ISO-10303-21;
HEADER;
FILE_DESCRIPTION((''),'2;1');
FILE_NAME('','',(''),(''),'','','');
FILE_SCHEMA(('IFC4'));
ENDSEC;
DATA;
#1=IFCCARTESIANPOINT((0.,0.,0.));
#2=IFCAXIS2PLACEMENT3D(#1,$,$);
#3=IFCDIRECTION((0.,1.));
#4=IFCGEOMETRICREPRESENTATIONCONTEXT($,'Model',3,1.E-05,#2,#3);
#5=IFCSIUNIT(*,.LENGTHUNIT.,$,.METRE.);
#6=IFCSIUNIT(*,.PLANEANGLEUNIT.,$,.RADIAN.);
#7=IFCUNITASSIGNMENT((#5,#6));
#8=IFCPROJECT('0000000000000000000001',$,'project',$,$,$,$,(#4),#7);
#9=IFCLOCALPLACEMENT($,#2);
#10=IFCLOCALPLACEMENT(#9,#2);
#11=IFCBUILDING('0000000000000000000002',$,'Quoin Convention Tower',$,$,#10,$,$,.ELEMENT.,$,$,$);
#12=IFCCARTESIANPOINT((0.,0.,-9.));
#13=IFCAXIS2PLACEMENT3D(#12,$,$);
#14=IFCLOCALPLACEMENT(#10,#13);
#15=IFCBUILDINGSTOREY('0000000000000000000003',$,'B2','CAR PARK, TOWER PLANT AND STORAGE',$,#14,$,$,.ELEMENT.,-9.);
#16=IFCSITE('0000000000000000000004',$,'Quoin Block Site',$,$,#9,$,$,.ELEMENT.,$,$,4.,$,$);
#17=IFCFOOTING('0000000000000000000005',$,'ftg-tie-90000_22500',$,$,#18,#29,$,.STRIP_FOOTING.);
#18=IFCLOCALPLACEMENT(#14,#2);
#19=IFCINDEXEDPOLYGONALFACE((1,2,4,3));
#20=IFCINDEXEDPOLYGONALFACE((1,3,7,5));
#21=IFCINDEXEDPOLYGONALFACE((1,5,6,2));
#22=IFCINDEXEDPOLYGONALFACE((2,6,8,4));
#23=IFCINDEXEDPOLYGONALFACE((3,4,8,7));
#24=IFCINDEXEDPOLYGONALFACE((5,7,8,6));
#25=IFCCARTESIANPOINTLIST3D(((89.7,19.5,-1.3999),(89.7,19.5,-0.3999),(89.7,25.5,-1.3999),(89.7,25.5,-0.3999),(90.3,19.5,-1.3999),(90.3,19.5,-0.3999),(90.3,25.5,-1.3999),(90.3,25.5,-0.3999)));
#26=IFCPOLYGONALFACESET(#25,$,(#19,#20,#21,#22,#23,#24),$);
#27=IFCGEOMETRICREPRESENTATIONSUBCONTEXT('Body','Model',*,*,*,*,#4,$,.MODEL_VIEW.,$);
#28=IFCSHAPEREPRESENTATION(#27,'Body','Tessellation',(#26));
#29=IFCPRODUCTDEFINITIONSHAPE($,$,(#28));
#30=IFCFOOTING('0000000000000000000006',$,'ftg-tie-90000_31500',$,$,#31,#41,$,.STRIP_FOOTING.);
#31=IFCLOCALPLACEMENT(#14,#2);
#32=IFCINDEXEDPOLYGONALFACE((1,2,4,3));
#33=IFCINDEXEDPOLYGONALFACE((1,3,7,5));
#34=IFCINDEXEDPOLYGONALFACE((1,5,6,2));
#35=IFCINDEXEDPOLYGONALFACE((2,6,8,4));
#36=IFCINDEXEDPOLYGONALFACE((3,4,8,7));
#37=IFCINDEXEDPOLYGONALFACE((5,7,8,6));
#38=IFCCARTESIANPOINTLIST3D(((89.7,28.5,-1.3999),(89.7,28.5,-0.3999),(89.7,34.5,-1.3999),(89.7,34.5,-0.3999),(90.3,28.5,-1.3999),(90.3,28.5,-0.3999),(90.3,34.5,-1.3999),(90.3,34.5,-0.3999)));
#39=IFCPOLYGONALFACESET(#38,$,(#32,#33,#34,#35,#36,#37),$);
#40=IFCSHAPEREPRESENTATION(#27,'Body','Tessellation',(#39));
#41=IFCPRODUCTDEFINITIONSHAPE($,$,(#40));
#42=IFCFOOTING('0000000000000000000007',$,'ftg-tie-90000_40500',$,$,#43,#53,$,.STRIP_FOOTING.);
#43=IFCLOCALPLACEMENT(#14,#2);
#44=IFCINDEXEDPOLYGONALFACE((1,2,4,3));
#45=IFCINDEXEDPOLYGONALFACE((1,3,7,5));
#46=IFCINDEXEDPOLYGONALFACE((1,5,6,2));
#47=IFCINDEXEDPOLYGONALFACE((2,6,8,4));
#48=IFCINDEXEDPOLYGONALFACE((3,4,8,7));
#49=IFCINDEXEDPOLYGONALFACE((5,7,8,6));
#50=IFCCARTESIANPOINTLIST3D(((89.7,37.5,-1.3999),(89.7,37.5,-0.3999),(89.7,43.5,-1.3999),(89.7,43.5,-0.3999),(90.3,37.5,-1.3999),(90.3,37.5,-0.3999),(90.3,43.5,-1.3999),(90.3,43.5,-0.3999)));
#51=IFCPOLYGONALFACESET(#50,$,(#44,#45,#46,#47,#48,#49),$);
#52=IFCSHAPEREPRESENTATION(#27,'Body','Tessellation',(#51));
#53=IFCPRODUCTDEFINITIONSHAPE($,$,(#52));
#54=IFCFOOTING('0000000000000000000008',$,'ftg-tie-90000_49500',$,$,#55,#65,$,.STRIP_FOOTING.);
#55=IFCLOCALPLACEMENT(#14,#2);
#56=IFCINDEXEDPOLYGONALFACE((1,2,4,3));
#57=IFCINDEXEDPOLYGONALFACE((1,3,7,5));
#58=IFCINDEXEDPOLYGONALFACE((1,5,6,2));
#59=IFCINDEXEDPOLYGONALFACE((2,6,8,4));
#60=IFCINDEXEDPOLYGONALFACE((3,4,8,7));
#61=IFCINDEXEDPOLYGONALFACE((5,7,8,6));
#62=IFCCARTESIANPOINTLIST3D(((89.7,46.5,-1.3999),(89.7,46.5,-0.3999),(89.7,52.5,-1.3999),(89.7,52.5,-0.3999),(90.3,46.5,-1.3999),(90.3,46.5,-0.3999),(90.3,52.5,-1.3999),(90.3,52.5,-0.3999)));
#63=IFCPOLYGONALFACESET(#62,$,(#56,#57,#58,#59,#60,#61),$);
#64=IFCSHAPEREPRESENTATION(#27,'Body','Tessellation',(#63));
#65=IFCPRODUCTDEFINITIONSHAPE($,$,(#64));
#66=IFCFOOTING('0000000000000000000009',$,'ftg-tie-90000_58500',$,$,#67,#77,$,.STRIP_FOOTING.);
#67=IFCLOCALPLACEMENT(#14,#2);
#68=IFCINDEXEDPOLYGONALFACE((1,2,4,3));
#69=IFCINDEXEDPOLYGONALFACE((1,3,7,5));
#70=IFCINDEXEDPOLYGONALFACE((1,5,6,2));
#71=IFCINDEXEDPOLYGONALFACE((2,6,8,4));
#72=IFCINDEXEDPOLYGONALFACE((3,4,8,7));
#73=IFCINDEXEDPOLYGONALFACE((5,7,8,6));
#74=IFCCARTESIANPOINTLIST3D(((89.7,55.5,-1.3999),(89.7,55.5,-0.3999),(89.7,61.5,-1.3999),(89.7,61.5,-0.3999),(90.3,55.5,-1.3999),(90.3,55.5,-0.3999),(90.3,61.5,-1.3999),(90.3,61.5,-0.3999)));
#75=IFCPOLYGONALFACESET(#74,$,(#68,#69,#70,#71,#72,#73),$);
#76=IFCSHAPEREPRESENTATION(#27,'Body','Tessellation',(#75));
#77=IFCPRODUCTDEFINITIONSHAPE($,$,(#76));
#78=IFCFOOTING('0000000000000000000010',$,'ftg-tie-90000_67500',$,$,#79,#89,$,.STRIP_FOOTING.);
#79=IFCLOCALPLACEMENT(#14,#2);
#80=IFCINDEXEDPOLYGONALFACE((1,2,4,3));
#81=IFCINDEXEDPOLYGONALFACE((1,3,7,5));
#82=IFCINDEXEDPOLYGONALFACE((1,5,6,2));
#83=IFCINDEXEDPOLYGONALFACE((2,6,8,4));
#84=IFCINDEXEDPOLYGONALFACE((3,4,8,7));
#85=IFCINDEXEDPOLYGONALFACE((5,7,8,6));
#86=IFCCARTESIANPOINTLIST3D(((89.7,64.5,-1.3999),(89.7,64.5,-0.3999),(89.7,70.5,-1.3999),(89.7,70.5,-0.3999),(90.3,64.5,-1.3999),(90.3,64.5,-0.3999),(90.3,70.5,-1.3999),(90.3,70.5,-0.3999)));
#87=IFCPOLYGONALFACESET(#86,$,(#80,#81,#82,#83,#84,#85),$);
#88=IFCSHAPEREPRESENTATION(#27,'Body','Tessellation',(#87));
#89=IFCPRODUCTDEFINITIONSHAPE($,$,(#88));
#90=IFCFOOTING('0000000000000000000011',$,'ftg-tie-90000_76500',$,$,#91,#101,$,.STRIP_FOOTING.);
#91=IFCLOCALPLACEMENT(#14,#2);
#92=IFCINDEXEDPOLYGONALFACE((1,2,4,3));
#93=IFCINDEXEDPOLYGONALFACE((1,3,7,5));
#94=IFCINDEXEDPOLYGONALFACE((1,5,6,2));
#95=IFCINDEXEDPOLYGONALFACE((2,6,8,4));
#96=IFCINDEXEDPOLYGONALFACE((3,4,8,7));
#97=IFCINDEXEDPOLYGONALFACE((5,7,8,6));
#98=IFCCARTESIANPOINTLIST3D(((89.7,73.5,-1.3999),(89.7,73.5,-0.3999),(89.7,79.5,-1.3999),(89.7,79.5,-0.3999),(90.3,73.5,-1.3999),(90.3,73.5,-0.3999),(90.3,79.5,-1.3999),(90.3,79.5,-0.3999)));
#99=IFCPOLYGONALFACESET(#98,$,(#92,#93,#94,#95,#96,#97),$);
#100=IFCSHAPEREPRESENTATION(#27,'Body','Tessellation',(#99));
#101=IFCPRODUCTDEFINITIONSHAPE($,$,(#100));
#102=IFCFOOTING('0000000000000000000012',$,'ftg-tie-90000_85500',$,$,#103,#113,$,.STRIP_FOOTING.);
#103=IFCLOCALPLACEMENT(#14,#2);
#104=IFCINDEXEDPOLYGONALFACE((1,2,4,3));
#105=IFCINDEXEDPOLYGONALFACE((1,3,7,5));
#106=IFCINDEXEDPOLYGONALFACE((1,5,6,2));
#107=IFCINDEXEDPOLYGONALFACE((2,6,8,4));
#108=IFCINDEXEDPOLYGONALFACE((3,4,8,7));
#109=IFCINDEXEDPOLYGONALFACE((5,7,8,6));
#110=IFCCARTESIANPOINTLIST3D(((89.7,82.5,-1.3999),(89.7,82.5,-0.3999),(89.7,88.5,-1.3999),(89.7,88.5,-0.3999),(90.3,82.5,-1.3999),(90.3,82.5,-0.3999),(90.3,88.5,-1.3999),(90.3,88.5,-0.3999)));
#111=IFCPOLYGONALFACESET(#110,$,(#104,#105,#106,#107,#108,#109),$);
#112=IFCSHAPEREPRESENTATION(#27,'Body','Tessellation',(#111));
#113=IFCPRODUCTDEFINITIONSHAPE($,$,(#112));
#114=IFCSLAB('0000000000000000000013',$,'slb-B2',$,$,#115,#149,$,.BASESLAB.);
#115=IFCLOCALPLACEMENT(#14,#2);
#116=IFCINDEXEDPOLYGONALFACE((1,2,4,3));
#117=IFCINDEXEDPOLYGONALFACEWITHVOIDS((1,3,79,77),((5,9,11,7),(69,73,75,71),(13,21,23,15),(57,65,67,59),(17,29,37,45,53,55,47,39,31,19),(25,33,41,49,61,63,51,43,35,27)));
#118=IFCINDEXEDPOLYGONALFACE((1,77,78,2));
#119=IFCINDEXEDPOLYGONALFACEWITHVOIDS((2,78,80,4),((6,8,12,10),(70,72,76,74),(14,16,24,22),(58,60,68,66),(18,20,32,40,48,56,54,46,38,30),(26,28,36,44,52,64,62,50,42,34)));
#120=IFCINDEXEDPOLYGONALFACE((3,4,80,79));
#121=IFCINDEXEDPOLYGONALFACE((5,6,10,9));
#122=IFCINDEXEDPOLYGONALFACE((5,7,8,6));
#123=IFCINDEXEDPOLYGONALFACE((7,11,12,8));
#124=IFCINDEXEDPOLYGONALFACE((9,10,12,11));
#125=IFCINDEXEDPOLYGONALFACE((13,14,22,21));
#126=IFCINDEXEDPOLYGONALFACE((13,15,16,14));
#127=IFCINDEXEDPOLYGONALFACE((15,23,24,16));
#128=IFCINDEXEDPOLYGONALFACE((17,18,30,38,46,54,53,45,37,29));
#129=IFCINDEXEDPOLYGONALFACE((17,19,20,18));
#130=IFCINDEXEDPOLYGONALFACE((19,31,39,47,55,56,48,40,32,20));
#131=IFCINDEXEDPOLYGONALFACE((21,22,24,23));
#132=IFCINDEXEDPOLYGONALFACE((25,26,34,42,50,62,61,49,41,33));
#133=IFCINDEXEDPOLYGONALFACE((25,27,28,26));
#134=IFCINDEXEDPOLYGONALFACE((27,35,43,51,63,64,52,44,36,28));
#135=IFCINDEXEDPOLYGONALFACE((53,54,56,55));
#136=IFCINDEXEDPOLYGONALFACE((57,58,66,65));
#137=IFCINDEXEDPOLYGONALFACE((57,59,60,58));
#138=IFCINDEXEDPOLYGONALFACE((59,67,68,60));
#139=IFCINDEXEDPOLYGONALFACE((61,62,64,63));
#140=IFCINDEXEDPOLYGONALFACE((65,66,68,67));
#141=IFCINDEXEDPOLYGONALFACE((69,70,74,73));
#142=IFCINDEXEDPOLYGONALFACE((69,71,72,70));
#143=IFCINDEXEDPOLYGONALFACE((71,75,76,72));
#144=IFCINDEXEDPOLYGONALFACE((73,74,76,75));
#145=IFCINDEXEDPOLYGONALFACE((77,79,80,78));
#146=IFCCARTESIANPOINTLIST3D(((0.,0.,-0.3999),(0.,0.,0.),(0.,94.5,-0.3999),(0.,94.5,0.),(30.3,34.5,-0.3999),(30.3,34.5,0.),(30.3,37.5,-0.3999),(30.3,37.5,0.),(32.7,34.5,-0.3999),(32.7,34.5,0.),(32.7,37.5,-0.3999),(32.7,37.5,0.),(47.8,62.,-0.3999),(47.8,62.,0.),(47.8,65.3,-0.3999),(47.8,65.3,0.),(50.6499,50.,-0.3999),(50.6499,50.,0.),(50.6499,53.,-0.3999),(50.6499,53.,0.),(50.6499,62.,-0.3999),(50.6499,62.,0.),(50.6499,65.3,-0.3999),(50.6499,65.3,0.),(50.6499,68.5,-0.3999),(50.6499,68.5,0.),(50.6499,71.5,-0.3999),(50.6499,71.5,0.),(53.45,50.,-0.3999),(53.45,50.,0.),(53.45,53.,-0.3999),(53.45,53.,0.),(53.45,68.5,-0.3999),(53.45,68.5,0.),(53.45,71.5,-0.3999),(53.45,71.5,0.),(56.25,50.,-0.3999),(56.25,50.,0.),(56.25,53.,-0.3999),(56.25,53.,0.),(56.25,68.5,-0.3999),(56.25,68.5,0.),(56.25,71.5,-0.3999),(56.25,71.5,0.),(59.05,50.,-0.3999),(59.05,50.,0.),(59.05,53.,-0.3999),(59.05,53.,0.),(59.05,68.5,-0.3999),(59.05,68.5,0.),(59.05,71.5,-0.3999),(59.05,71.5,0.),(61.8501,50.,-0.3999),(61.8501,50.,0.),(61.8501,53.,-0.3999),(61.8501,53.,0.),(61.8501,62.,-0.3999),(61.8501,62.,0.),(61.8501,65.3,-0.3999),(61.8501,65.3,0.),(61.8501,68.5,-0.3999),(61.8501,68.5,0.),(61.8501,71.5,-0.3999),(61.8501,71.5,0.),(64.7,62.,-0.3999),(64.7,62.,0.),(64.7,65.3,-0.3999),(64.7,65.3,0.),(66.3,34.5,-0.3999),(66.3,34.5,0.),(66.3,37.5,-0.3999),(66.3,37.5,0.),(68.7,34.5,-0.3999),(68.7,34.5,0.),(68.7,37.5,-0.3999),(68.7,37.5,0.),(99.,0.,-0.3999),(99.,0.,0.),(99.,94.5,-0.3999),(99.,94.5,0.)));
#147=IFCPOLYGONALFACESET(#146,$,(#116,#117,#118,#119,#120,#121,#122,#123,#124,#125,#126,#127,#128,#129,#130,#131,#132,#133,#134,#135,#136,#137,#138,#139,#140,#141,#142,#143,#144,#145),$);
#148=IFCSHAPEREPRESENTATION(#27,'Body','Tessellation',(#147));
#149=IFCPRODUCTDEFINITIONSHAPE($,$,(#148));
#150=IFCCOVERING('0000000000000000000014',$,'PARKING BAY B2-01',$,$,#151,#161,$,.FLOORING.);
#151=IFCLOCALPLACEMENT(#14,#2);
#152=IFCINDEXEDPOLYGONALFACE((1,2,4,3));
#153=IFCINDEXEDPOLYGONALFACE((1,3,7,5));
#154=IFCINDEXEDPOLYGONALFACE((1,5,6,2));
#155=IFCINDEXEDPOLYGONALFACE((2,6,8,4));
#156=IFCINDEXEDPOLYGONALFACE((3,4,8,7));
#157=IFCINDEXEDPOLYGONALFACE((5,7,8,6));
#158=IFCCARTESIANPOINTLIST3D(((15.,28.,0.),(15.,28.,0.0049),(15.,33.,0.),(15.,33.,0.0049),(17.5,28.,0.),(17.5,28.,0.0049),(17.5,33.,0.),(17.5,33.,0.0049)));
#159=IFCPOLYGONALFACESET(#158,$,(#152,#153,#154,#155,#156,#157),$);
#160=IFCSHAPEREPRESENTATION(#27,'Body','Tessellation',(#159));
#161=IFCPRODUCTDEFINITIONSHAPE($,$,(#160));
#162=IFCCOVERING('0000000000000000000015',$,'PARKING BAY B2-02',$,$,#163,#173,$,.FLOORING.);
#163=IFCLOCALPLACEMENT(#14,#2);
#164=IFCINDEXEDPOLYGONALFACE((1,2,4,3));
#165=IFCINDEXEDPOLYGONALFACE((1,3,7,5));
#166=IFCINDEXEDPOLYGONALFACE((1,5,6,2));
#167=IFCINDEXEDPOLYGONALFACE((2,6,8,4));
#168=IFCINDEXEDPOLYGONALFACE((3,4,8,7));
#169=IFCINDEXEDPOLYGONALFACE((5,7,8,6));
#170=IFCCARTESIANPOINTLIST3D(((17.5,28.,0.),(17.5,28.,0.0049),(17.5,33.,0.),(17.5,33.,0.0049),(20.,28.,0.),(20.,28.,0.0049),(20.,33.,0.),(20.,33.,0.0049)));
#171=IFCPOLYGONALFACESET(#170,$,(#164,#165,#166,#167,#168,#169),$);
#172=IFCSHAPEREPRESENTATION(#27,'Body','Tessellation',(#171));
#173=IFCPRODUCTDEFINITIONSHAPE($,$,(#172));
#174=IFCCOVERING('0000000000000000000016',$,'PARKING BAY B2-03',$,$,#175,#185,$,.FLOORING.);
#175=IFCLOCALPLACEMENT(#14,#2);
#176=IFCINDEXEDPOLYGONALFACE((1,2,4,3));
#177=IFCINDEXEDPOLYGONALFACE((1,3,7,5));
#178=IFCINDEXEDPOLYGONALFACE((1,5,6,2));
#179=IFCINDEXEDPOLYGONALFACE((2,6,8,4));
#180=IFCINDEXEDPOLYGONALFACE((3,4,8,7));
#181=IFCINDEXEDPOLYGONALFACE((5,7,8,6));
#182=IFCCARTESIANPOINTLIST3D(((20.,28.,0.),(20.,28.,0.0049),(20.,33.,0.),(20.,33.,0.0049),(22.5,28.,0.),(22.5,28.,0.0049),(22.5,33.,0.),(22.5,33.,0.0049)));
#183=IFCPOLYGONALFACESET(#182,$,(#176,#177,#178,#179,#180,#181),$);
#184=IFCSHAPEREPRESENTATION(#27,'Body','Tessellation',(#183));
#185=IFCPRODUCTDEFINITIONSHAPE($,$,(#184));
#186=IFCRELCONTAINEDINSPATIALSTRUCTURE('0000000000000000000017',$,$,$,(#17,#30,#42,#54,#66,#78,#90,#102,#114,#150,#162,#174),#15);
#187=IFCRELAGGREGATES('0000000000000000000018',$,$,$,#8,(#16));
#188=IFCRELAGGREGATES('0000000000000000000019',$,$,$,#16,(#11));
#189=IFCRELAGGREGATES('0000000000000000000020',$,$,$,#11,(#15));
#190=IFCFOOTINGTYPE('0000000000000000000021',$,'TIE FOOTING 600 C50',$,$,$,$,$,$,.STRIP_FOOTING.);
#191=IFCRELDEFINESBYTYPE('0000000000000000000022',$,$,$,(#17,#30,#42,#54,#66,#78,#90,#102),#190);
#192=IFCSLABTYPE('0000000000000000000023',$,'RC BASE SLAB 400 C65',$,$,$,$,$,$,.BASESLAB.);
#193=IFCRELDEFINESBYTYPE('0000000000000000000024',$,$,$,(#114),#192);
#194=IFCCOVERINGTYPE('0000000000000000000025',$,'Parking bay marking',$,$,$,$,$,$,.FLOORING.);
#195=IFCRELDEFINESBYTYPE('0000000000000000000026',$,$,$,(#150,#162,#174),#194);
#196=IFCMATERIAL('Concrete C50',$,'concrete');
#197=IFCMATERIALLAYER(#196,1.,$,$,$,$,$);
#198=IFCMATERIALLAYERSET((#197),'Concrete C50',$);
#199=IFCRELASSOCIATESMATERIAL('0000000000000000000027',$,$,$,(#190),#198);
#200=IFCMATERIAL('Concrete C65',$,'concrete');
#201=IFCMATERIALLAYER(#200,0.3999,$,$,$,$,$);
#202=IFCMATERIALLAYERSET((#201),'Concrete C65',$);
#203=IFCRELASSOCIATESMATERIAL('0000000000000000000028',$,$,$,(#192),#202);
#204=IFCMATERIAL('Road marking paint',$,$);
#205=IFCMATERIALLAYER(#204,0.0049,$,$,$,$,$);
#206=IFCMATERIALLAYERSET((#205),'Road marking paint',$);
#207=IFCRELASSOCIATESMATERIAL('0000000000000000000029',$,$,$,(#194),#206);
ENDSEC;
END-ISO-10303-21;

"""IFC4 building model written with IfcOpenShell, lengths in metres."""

from ifc_helpers import new_model, si_unit, direction, frame, origin, place, context, subcontext, project, spatial, polyline, outline, extrude, material, layer, layer_set, type_object, element, save


model = new_model("IFC4")

# Units and contexts
model_context = context("Model", 3, precision=1e-05, world=origin(), true_north=direction((0.0, 1.0)))
body_context = subcontext(model_context, "Body", "Model", "MODEL_VIEW")
ifc_project = project(units=[si_unit("LENGTHUNIT", "METRE"), si_unit("PLANEANGLEUNIT", "RADIAN")], contexts=[model_context])

# Site, building, storey
site_placement = place(None, origin())
site = spatial("IfcSite", under=ifc_project, at=site_placement, Name="Quoin Block Site", CompositionType="ELEMENT", RefElevation=4.0)
building_placement = place(site_placement, origin())
building = spatial("IfcBuilding", under=site, at=building_placement, Name="Quoin Convention Tower", CompositionType="ELEMENT")
storey_placement = place(building_placement, frame((0.0, 0.0, -9.0)))
storey = spatial("IfcBuildingStorey", under=building, at=storey_placement, Name="B2", Description="CAR PARK, TOWER PLANT AND STORAGE", CompositionType="ELEMENT", Elevation=-9.0)

# Footings
ifc_material_1 = material(Name="Concrete C50", Category="concrete")
ifc_layer_1 = layer(ifc_material_1, 1.0)
ifc_layer_set_1 = layer_set([ifc_layer_1], Name="Concrete C50")
footing_type = type_object("IfcFootingType", Name="TIE FOOTING 600 C50", PredefinedType="STRIP_FOOTING", material=ifc_layer_set_1)
footing_1_placement = place(storey_placement, frame((0.0, 0.0, -1.3999)))
element("IfcFooting", 1, at=footing_1_placement, inside=storey, type_object=footing_type, Name="ftg-tie-90000_22500", PredefinedType="STRIP_FOOTING", context=body_context, shape_type="SweptSolid", body=[
    extrude(outline(polyline([(90.3, 19.5), (89.7, 19.5), (89.7, 25.5), (90.3, 25.5), (90.3, 19.5)])), origin(), (0.0, 0.0, 1.0), 1.0),
])
footing_2_placement = place(storey_placement, frame((0.0, 0.0, -1.3999)))
element("IfcFooting", 2, at=footing_2_placement, inside=storey, type_object=footing_type, Name="ftg-tie-90000_31500", PredefinedType="STRIP_FOOTING", context=body_context, shape_type="SweptSolid", body=[
    extrude(outline(polyline([(90.3, 28.5), (89.7, 28.5), (89.7, 34.5), (90.3, 34.5), (90.3, 28.5)])), origin(), (0.0, 0.0, 1.0), 1.0),
])
footing_3_placement = place(storey_placement, frame((0.0, 0.0, -1.3999)))
element("IfcFooting", 3, at=footing_3_placement, inside=storey, type_object=footing_type, Name="ftg-tie-90000_40500", PredefinedType="STRIP_FOOTING", context=body_context, shape_type="SweptSolid", body=[
    extrude(outline(polyline([(90.3, 37.5), (89.7, 37.5), (89.7, 43.5), (90.3, 43.5), (90.3, 37.5)])), origin(), (0.0, 0.0, 1.0), 1.0),
])
footing_4_placement = place(storey_placement, frame((0.0, 0.0, -1.3999)))
element("IfcFooting", 4, at=footing_4_placement, inside=storey, type_object=footing_type, Name="ftg-tie-90000_49500", PredefinedType="STRIP_FOOTING", context=body_context, shape_type="SweptSolid", body=[
    extrude(outline(polyline([(90.3, 46.5), (89.7, 46.5), (89.7, 52.5), (90.3, 52.5), (90.3, 46.5)])), origin(), (0.0, 0.0, 1.0), 1.0),
])
footing_5_placement = place(storey_placement, frame((0.0, 0.0, -1.3999)))
element("IfcFooting", 5, at=footing_5_placement, inside=storey, type_object=footing_type, Name="ftg-tie-90000_58500", PredefinedType="STRIP_FOOTING", context=body_context, shape_type="SweptSolid", body=[
    extrude(outline(polyline([(90.3, 55.5), (89.7, 55.5), (89.7, 61.5), (90.3, 61.5), (90.3, 55.5)])), origin(), (0.0, 0.0, 1.0), 1.0),
])
footing_6_placement = place(storey_placement, frame((0.0, 0.0, -1.3999)))
element("IfcFooting", 6, at=footing_6_placement, inside=storey, type_object=footing_type, Name="ftg-tie-90000_67500", PredefinedType="STRIP_FOOTING", context=body_context, shape_type="SweptSolid", body=[
    extrude(outline(polyline([(90.3, 64.5), (89.7, 64.5), (89.7, 70.5), (90.3, 70.5), (90.3, 64.5)])), origin(), (0.0, 0.0, 1.0), 1.0),
])
footing_7_placement = place(storey_placement, frame((0.0, 0.0, -1.3999)))
element("IfcFooting", 7, at=footing_7_placement, inside=storey, type_object=footing_type, Name="ftg-tie-90000_76500", PredefinedType="STRIP_FOOTING", context=body_context, shape_type="SweptSolid", body=[
    extrude(outline(polyline([(90.3, 73.5), (89.7, 73.5), (89.7, 79.5), (90.3, 79.5), (90.3, 73.5)])), origin(), (0.0, 0.0, 1.0), 1.0),
])
footing_8_placement = place(storey_placement, frame((0.0, 0.0, -1.3999)))
element("IfcFooting", 8, at=footing_8_placement, inside=storey, type_object=footing_type, Name="ftg-tie-90000_85500", PredefinedType="STRIP_FOOTING", context=body_context, shape_type="SweptSolid", body=[
    extrude(outline(polyline([(90.3, 82.5), (89.7, 82.5), (89.7, 88.5), (90.3, 88.5), (90.3, 82.5)])), origin(), (0.0, 0.0, 1.0), 1.0),
])

# Slab
ifc_material_2 = material(Name="Concrete C65", Category="concrete")
ifc_layer_2 = layer(ifc_material_2, 0.3999)
ifc_layer_set_2 = layer_set([ifc_layer_2], Name="Concrete C65")
slab_type = type_object("IfcSlabType", Name="RC BASE SLAB 400 C65", PredefinedType="BASESLAB", material=ifc_layer_set_2)
slab_placement = place(storey_placement, frame((0.0, 0.0, -0.3999)))
element("IfcSlab", 9, at=slab_placement, inside=storey, type_object=slab_type, Name="slb-B2", PredefinedType="BASESLAB", context=body_context, shape_type="SweptSolid", body=[
    extrude(outline(polyline([(0.0, 0.0), (0.0, 94.5), (99.0, 94.5), (99.0, 0.0), (0.0, 0.0)]), holes=[polyline([(30.3, 37.5), (30.3, 34.5), (32.7, 34.5), (32.7, 37.5), (30.3, 37.5)]), polyline([(53.45, 53.0), (50.6499, 53.0), (50.6499, 50.0), (53.45, 50.0), (56.25, 50.0), (59.05, 50.0), (61.8501, 50.0), (61.8501, 53.0), (59.05, 53.0), (56.25, 53.0), (53.45, 53.0)]), polyline([(47.8, 65.3), (47.8, 62.0), (50.6499, 62.0), (50.6499, 65.3), (47.8, 65.3)]), polyline([(53.45, 71.5), (50.6499, 71.5), (50.6499, 68.5), (53.45, 68.5), (56.25, 68.5), (59.05, 68.5), (61.8501, 68.5), (61.8501, 71.5), (59.05, 71.5), (56.25, 71.5), (53.45, 71.5)]), polyline([(66.3, 37.5), (66.3, 34.5), (68.7, 34.5), (68.7, 37.5), (66.3, 37.5)]), polyline([(61.8501, 65.3), (61.8501, 62.0), (64.7, 62.0), (64.7, 65.3), (61.8501, 65.3)])]), origin(), (0.0, 0.0, 1.0), 0.3999),
])

# Coverings
ifc_material_3 = material(Name="Road marking paint")
ifc_layer_3 = layer(ifc_material_3, 0.0049)
ifc_layer_set_3 = layer_set([ifc_layer_3], Name="Road marking paint")
covering_type = type_object("IfcCoveringType", Name="Parking bay marking", PredefinedType="FLOORING", material=ifc_layer_set_3)
covering_1_placement = place(storey_placement, origin())
element("IfcCovering", 10, at=covering_1_placement, inside=storey, type_object=covering_type, Name="PARKING BAY B2-01", PredefinedType="FLOORING", context=body_context, shape_type="SweptSolid", body=[
    extrude(outline(polyline([(15.0, 28.0), (17.5, 28.0), (17.5, 33.0), (15.0, 33.0), (15.0, 28.0)])), origin(), (0.0, 0.0, 1.0), 0.0049),
])
covering_2_placement = place(storey_placement, origin())
element("IfcCovering", 11, at=covering_2_placement, inside=storey, type_object=covering_type, Name="PARKING BAY B2-02", PredefinedType="FLOORING", context=body_context, shape_type="SweptSolid", body=[
    extrude(outline(polyline([(17.5, 28.0), (20.0, 28.0), (20.0, 33.0), (17.5, 33.0), (17.5, 28.0)])), origin(), (0.0, 0.0, 1.0), 0.0049),
])
covering_3_placement = place(storey_placement, origin())
element("IfcCovering", 12, at=covering_3_placement, inside=storey, type_object=covering_type, Name="PARKING BAY B2-03", PredefinedType="FLOORING", context=body_context, shape_type="SweptSolid", body=[
    extrude(outline(polyline([(20.0, 28.0), (22.5, 28.0), (22.5, 33.0), (20.0, 33.0), (20.0, 28.0)])), origin(), (0.0, 0.0, 1.0), 0.0049),
])

save(model, "model.ifc")
